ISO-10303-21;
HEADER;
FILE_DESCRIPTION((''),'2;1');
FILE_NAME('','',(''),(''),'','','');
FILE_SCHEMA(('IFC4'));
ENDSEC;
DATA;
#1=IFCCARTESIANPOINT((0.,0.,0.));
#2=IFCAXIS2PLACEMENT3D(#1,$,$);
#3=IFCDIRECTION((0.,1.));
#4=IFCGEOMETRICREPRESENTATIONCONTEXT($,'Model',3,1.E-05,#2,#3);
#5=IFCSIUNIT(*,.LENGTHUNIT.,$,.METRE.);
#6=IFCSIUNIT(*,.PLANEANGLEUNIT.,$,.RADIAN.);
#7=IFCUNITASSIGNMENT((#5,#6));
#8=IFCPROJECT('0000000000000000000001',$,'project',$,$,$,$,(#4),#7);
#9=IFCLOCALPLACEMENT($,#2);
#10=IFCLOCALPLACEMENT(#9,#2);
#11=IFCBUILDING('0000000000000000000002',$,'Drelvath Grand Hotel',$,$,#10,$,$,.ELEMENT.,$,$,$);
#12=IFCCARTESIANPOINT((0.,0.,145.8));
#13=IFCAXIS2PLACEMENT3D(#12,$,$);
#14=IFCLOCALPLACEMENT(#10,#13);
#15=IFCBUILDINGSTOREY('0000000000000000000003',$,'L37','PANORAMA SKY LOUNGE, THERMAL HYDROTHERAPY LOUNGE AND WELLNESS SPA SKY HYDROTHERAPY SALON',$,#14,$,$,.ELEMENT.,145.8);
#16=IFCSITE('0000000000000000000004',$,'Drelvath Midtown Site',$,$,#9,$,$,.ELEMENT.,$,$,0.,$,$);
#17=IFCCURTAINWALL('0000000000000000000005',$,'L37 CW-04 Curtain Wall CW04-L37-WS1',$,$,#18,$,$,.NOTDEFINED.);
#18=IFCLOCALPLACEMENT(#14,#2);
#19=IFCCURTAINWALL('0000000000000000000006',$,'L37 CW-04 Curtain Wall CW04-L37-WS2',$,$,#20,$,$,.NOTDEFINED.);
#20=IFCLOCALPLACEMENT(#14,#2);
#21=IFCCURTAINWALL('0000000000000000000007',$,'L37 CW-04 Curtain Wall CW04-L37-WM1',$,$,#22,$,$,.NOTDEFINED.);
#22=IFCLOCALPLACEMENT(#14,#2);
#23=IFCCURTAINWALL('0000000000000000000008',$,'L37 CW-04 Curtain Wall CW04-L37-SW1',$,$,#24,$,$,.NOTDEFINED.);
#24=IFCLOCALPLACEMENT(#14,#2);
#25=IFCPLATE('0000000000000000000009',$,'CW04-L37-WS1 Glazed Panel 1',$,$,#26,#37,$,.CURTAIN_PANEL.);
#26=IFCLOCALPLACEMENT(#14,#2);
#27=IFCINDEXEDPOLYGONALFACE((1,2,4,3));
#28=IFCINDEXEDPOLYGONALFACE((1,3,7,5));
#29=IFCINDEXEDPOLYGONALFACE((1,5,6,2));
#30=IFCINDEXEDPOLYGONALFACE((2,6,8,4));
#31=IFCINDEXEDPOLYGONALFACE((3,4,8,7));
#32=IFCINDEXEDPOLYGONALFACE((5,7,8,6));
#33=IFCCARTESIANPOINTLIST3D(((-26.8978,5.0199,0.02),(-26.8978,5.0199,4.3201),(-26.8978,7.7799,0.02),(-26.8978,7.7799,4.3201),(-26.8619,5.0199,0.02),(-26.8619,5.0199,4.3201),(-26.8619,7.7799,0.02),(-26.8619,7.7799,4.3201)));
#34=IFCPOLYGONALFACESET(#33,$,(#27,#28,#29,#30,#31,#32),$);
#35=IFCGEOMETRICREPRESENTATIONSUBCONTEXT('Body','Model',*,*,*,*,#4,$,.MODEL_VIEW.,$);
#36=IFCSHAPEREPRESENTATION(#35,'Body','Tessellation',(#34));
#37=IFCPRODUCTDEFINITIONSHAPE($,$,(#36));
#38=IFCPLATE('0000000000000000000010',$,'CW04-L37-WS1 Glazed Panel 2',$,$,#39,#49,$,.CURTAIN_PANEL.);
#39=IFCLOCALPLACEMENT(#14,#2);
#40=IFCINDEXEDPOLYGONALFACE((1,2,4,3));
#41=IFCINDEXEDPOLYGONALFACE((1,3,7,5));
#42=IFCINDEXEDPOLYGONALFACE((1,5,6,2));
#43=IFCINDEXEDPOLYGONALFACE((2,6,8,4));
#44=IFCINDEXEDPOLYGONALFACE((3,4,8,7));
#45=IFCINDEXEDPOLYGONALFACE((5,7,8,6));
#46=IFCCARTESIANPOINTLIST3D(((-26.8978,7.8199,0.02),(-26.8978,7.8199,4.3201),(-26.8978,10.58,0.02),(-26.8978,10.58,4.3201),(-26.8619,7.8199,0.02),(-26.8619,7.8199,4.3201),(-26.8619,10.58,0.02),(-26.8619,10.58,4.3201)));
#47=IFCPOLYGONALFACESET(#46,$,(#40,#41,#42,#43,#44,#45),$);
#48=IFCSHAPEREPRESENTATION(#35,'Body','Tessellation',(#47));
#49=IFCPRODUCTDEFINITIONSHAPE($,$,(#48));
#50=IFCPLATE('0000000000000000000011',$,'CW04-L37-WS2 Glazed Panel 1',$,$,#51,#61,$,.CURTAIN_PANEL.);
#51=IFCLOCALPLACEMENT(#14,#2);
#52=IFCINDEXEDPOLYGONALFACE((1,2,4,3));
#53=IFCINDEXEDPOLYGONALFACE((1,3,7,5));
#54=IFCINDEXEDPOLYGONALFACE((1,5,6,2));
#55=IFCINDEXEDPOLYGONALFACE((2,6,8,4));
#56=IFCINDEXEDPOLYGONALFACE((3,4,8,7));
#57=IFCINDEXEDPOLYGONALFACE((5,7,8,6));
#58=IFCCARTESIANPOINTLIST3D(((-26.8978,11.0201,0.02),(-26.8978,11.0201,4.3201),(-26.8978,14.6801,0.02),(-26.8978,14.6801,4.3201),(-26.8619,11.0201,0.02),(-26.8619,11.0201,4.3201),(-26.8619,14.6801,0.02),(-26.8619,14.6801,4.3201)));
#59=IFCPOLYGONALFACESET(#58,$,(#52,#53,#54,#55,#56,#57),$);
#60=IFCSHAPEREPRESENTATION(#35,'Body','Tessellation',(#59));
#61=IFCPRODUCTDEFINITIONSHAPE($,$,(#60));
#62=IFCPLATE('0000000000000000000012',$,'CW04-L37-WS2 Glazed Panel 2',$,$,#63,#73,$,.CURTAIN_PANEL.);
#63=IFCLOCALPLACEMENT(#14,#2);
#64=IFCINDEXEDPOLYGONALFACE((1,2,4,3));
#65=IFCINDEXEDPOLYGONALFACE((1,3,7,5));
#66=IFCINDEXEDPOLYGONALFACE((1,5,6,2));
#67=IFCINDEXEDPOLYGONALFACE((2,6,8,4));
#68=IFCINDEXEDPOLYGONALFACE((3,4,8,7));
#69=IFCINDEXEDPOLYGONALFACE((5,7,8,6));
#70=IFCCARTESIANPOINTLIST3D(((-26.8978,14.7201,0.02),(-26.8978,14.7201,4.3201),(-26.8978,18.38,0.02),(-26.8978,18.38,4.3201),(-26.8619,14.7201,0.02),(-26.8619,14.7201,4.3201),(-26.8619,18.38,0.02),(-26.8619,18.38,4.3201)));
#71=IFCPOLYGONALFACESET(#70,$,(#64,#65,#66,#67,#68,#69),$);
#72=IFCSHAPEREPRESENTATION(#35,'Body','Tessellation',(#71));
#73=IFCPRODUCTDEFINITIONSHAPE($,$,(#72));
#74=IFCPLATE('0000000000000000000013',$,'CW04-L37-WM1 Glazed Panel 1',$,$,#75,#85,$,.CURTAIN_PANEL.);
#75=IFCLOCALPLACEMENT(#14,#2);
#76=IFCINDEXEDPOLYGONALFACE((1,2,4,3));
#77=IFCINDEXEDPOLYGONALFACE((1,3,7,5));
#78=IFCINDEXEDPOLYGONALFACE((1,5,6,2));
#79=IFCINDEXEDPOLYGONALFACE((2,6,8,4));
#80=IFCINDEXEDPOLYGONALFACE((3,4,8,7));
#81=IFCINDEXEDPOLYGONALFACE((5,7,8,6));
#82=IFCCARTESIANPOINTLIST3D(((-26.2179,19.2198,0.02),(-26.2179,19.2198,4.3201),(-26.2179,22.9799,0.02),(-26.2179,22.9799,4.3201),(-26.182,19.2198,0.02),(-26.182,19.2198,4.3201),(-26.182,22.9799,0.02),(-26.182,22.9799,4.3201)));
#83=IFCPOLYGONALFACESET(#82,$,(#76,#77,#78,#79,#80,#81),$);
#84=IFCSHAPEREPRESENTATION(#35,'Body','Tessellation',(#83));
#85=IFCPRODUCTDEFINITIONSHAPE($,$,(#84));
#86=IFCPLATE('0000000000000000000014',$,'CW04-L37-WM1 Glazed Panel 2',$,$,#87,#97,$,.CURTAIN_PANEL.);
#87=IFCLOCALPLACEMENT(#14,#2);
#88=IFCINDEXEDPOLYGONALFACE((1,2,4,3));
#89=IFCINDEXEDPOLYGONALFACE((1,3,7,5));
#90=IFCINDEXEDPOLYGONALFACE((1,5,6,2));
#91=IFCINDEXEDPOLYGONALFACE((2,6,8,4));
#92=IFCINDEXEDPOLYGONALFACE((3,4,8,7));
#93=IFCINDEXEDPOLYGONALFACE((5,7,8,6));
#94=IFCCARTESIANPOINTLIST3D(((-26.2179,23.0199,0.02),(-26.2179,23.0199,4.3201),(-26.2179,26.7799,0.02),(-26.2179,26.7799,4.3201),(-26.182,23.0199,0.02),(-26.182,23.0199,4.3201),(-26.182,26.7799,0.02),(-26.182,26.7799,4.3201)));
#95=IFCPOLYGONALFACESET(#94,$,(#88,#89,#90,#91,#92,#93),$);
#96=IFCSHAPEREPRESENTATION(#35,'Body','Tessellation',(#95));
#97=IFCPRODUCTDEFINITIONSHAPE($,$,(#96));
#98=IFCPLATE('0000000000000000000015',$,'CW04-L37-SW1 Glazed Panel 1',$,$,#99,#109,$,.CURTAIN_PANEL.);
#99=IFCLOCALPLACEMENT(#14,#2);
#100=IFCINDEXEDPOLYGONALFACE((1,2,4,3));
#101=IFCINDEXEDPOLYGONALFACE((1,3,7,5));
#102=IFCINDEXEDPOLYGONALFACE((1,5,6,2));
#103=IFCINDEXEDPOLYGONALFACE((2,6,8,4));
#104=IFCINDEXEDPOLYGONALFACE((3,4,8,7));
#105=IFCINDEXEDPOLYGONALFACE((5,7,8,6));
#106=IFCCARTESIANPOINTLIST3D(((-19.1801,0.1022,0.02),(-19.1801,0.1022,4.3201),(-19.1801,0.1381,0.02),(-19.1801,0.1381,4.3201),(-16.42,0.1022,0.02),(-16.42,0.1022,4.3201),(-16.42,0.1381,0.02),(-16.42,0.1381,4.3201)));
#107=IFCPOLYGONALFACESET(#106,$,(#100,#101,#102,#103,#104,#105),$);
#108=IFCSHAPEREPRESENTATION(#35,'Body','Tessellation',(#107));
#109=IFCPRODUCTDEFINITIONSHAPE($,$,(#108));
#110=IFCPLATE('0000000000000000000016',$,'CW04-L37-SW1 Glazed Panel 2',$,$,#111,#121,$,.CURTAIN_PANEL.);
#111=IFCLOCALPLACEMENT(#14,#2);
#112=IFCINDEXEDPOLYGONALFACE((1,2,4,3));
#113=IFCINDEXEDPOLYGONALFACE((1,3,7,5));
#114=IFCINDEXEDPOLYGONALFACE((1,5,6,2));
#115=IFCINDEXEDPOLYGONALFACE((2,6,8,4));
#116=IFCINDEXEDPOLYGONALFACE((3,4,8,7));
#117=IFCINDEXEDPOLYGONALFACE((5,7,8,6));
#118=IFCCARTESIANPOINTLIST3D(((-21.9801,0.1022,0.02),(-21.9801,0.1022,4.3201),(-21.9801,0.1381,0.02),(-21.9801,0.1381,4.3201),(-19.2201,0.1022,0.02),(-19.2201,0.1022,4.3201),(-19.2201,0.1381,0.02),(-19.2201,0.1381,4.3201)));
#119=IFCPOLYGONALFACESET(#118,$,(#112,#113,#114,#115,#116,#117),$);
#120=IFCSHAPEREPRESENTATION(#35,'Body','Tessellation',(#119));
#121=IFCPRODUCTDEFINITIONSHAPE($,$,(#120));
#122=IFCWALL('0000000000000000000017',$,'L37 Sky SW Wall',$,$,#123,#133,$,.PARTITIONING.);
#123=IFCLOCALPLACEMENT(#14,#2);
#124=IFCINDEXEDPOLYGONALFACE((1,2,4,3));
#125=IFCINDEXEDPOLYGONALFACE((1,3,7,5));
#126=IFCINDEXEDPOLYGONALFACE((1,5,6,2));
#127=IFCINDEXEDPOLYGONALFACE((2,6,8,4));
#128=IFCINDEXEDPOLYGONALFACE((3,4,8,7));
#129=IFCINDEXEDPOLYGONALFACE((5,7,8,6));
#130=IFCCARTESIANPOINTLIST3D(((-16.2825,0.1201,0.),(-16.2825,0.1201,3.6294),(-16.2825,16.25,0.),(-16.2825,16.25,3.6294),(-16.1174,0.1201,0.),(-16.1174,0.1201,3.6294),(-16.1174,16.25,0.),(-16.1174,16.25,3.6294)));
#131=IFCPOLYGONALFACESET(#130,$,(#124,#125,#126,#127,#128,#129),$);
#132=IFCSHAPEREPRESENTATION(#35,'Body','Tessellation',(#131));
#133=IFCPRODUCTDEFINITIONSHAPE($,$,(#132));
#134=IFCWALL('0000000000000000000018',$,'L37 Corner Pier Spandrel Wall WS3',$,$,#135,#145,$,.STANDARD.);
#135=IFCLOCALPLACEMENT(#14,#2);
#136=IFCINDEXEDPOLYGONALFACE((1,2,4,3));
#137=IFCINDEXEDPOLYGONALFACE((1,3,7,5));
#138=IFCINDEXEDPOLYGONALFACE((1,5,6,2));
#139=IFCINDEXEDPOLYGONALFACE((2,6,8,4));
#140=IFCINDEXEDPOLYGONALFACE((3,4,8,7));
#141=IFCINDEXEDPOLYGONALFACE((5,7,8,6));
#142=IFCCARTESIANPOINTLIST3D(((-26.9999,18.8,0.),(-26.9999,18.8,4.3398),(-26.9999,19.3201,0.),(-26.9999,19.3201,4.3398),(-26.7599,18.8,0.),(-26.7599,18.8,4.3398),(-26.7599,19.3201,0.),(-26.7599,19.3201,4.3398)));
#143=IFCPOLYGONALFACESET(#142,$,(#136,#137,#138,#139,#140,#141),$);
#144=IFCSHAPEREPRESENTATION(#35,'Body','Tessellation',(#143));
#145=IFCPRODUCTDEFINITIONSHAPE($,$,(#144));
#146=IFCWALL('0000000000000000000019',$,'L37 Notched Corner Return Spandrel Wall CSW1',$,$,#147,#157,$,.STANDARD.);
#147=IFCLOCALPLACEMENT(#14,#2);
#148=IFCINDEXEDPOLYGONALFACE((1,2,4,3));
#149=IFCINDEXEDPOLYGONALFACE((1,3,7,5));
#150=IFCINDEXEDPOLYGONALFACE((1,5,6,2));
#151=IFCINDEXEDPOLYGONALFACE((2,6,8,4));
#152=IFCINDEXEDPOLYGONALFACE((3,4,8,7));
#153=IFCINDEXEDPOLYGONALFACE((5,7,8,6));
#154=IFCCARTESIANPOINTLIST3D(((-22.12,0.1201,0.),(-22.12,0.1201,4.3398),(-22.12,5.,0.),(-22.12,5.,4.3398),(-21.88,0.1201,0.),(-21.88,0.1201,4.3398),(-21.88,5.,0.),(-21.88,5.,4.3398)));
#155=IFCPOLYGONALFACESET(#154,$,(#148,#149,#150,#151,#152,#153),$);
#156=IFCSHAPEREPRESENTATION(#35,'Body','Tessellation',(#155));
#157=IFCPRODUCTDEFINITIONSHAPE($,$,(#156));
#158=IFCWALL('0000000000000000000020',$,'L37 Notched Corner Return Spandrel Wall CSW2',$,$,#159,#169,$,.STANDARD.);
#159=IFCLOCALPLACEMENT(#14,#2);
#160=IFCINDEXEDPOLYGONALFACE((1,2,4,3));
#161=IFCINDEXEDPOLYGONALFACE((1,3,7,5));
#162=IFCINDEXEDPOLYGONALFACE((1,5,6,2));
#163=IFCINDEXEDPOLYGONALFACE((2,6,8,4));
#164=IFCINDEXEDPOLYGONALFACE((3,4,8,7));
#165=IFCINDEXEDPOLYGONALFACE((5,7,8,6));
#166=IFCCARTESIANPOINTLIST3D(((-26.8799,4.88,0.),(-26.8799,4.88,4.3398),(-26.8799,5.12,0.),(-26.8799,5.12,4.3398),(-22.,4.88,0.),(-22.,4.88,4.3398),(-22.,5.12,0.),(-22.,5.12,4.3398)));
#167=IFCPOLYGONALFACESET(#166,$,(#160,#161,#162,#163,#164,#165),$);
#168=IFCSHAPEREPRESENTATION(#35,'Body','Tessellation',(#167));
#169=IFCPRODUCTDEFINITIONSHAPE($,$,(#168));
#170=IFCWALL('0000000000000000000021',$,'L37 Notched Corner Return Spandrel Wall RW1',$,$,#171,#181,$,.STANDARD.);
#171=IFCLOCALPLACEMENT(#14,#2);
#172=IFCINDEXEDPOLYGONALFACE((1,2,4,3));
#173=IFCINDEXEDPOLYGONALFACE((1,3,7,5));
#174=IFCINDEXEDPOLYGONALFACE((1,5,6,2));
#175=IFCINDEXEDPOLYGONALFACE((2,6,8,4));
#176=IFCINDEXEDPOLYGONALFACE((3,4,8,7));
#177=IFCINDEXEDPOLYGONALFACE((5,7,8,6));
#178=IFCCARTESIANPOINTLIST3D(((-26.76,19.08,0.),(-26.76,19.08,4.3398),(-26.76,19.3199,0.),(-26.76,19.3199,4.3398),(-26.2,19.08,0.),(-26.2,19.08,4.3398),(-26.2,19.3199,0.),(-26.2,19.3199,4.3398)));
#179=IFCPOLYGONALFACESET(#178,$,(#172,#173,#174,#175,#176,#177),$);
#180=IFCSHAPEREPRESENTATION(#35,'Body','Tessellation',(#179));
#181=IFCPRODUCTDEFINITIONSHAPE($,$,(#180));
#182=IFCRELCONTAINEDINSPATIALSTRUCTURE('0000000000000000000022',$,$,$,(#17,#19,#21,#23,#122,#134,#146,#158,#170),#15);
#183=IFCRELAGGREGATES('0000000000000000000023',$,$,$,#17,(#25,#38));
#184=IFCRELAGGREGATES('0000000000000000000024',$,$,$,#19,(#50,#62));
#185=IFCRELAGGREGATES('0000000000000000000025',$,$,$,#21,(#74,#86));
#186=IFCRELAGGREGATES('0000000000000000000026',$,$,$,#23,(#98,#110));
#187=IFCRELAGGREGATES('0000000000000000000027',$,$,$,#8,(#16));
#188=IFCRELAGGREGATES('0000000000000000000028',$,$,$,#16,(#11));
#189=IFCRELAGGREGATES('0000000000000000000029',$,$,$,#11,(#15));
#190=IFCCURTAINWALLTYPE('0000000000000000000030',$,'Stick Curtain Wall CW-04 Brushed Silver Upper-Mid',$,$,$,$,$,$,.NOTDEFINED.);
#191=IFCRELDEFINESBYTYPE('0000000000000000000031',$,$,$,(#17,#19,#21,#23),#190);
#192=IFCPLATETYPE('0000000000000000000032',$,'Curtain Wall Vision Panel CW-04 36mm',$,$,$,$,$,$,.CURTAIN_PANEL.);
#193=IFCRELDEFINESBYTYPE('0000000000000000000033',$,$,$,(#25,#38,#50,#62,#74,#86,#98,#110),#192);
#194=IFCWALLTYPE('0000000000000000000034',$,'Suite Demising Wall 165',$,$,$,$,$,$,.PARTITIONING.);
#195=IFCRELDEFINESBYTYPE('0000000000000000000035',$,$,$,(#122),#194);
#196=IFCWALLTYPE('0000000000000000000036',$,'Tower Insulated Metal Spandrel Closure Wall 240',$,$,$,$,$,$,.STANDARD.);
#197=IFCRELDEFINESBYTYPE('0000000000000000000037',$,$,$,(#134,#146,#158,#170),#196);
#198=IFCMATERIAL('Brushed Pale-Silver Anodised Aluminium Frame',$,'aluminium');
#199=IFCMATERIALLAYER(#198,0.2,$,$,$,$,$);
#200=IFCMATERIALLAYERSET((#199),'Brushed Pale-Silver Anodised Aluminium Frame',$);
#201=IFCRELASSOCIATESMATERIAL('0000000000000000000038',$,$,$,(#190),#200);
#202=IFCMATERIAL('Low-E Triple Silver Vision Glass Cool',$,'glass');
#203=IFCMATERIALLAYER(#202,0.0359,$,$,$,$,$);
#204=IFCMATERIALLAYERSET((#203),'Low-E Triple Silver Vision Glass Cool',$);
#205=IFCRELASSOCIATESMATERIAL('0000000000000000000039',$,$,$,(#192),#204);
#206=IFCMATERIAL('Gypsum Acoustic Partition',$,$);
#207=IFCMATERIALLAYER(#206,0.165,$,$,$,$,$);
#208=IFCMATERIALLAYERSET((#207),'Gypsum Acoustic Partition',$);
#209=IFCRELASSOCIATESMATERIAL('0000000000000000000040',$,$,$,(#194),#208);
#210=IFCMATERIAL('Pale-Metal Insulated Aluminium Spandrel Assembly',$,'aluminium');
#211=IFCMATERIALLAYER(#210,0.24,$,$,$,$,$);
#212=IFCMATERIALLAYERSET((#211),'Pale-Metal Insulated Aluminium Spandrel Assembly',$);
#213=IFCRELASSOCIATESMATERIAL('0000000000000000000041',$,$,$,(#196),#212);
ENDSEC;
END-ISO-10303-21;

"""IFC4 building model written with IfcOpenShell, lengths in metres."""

from ifc_helpers import new_model, si_unit, direction, frame, frame_2d, origin, origin_2d, place, context, subcontext, project, spatial, rectangle, extrude, material, layer, layer_set, type_object, element, aggregate, save


model = new_model("IFC4")

# Units and contexts
model_context = context("Model", 3, precision=1e-05, world=origin(), true_north=direction((0.0, 1.0)))
body_context = subcontext(model_context, "Body", "Model", "MODEL_VIEW")
ifc_project = project(units=[si_unit("LENGTHUNIT", "METRE"), si_unit("PLANEANGLEUNIT", "RADIAN")], contexts=[model_context])

# Site, building, storey
site_placement = place(None, origin())
site = spatial("IfcSite", under=ifc_project, at=site_placement, Name="Drelvath Midtown Site", CompositionType="ELEMENT", RefElevation=0.0)
building_placement = place(site_placement, origin())
building = spatial("IfcBuilding", under=site, at=building_placement, Name="Drelvath Grand Hotel", CompositionType="ELEMENT")
storey_placement = place(building_placement, frame((0.0, 0.0, 145.8)))
storey = spatial("IfcBuildingStorey", under=building, at=storey_placement, Name="L37", Description="PANORAMA SKY LOUNGE, THERMAL HYDROTHERAPY LOUNGE AND WELLNESS SPA SKY HYDROTHERAPY SALON", CompositionType="ELEMENT", Elevation=145.8)

# Curtain walls
ifc_material_1 = material(Name="Brushed Pale-Silver Anodised Aluminium Frame", Category="aluminium")
ifc_layer_1 = layer(ifc_material_1, 0.2)
ifc_layer_set_1 = layer_set([ifc_layer_1], Name="Brushed Pale-Silver Anodised Aluminium Frame")
curtain_wall_type = type_object("IfcCurtainWallType", Name="Stick Curtain Wall CW-04 Brushed Silver Upper-Mid", PredefinedType="NOTDEFINED", material=ifc_layer_set_1)
curtain_wall_1_placement = place(storey_placement, origin())
curtain_wall_1 = element("IfcCurtainWall", 1, at=curtain_wall_1_placement, inside=storey, type_object=curtain_wall_type, Name="L37 CW-04 Curtain Wall CW04-L37-WS1", PredefinedType="NOTDEFINED")
curtain_wall_2_placement = place(storey_placement, origin())
curtain_wall_2 = element("IfcCurtainWall", 2, at=curtain_wall_2_placement, inside=storey, type_object=curtain_wall_type, Name="L37 CW-04 Curtain Wall CW04-L37-WS2", PredefinedType="NOTDEFINED")
curtain_wall_3_placement = place(storey_placement, origin())
curtain_wall_3 = element("IfcCurtainWall", 3, at=curtain_wall_3_placement, inside=storey, type_object=curtain_wall_type, Name="L37 CW-04 Curtain Wall CW04-L37-WM1", PredefinedType="NOTDEFINED")
curtain_wall_4_placement = place(storey_placement, origin())
curtain_wall_4 = element("IfcCurtainWall", 4, at=curtain_wall_4_placement, inside=storey, type_object=curtain_wall_type, Name="L37 CW-04 Curtain Wall CW04-L37-SW1", PredefinedType="NOTDEFINED")

# Plates
ifc_material_2 = material(Name="Low-E Triple Silver Vision Glass Cool", Category="glass")
ifc_layer_2 = layer(ifc_material_2, 0.0359)
ifc_layer_set_2 = layer_set([ifc_layer_2], Name="Low-E Triple Silver Vision Glass Cool")
plate_type = type_object("IfcPlateType", Name="Curtain Wall Vision Panel CW-04 36mm", PredefinedType="CURTAIN_PANEL", material=ifc_layer_set_2)
plate_1_placement = place(storey_placement, frame((-26.8799, 6.3999, 0.02), z_axis=(0.0, 0.0, 1.0), x_axis=(0.0, 1.0, 0.0)))
plate_1 = element("IfcPlate", 5, at=plate_1_placement, type_object=plate_type, Name="CW04-L37-WS1 Glazed Panel 1", PredefinedType="CURTAIN_PANEL", context=body_context, shape_type="SweptSolid", body=[
    extrude(rectangle(XDim=2.76, YDim=0.0359, at=origin_2d()), origin(), (0.0, 0.0, 1.0), 4.3),
])
plate_2_placement = place(storey_placement, frame((-26.8799, 9.2, 0.02), z_axis=(0.0, 0.0, 1.0), x_axis=(0.0, 1.0, 0.0)))
plate_2 = element("IfcPlate", 6, at=plate_2_placement, type_object=plate_type, Name="CW04-L37-WS1 Glazed Panel 2", PredefinedType="CURTAIN_PANEL", context=body_context, shape_type="SweptSolid", body=[
    extrude(rectangle(XDim=2.76, YDim=0.0359, at=origin_2d()), origin(), (0.0, 0.0, 1.0), 4.3),
])
aggregate(curtain_wall_1, [plate_1, plate_2])
plate_3_placement = place(storey_placement, frame((-26.8799, 12.8501, 0.02), z_axis=(0.0, 0.0, 1.0), x_axis=(0.0, 1.0, 0.0)))
plate_3 = element("IfcPlate", 7, at=plate_3_placement, type_object=plate_type, Name="CW04-L37-WS2 Glazed Panel 1", PredefinedType="CURTAIN_PANEL", context=body_context, shape_type="SweptSolid", body=[
    extrude(rectangle(XDim=3.6599, YDim=0.0359, at=origin_2d()), origin(), (0.0, 0.0, 1.0), 4.3),
])
plate_4_placement = place(storey_placement, frame((-26.8799, 16.55, 0.02), z_axis=(0.0, 0.0, 1.0), x_axis=(0.0, 1.0, 0.0)))
plate_4 = element("IfcPlate", 8, at=plate_4_placement, type_object=plate_type, Name="CW04-L37-WS2 Glazed Panel 2", PredefinedType="CURTAIN_PANEL", context=body_context, shape_type="SweptSolid", body=[
    extrude(rectangle(XDim=3.6599, YDim=0.0359, at=origin_2d()), origin(), (0.0, 0.0, 1.0), 4.3),
])
aggregate(curtain_wall_2, [plate_3, plate_4])
plate_5_placement = place(storey_placement, frame((-26.2, 21.0999, 0.02), z_axis=(0.0, 0.0, 1.0), x_axis=(0.0, 1.0, 0.0)))
plate_5 = element("IfcPlate", 9, at=plate_5_placement, type_object=plate_type, Name="CW04-L37-WM1 Glazed Panel 1", PredefinedType="CURTAIN_PANEL", context=body_context, shape_type="SweptSolid", body=[
    extrude(rectangle(XDim=3.76, YDim=0.0359, at=origin_2d()), origin(), (0.0, 0.0, 1.0), 4.3),
])
plate_6_placement = place(storey_placement, frame((-26.2, 24.8999, 0.02), z_axis=(0.0, 0.0, 1.0), x_axis=(0.0, 1.0, 0.0)))
plate_6 = element("IfcPlate", 10, at=plate_6_placement, type_object=plate_type, Name="CW04-L37-WM1 Glazed Panel 2", PredefinedType="CURTAIN_PANEL", context=body_context, shape_type="SweptSolid", body=[
    extrude(rectangle(XDim=3.76, YDim=0.0359, at=origin_2d()), origin(), (0.0, 0.0, 1.0), 4.3),
])
aggregate(curtain_wall_3, [plate_5, plate_6])
plate_7_placement = place(storey_placement, frame((-17.8, 0.1201, 0.02), z_axis=(0.0, 0.0, 1.0), x_axis=(-1.0, 0.0, 0.0)))
plate_7 = element("IfcPlate", 11, at=plate_7_placement, type_object=plate_type, Name="CW04-L37-SW1 Glazed Panel 1", PredefinedType="CURTAIN_PANEL", context=body_context, shape_type="SweptSolid", body=[
    extrude(rectangle(XDim=2.76, YDim=0.0359, at=origin_2d()), origin(), (0.0, 0.0, 1.0), 4.3),
])
plate_8_placement = place(storey_placement, frame((-20.6001, 0.1201, 0.02), z_axis=(0.0, 0.0, 1.0), x_axis=(-1.0, 0.0, 0.0)))
plate_8 = element("IfcPlate", 12, at=plate_8_placement, type_object=plate_type, Name="CW04-L37-SW1 Glazed Panel 2", PredefinedType="CURTAIN_PANEL", context=body_context, shape_type="SweptSolid", body=[
    extrude(rectangle(XDim=2.76, YDim=0.0359, at=origin_2d()), origin(), (0.0, 0.0, 1.0), 4.3),
])
aggregate(curtain_wall_4, [plate_7, plate_8])

# Walls
ifc_material_3 = material(Name="Gypsum Acoustic Partition")
ifc_layer_3 = layer(ifc_material_3, 0.165)
ifc_layer_set_3 = layer_set([ifc_layer_3], Name="Gypsum Acoustic Partition")
wall_type_1 = type_object("IfcWallType", Name="Suite Demising Wall 165", PredefinedType="PARTITIONING", material=ifc_layer_set_3)
wall_1_placement = place(storey_placement, frame((-16.2, 0.1201, 0.0), z_axis=(0.0, 0.0, 1.0), x_axis=(0.0, 1.0, 0.0)))
element("IfcWall", 13, at=wall_1_placement, inside=storey, type_object=wall_type_1, Name="L37 Sky SW Wall", PredefinedType="PARTITIONING", context=body_context, shape_type="SweptSolid", body=[
    extrude(rectangle(XDim=16.1299, YDim=0.165, at=frame_2d((8.0649, 0.0))), origin(), (0.0, 0.0, 1.0), 3.6294),
])
ifc_material_4 = material(Name="Pale-Metal Insulated Aluminium Spandrel Assembly", Category="aluminium")
ifc_layer_4 = layer(ifc_material_4, 0.24)
ifc_layer_set_4 = layer_set([ifc_layer_4], Name="Pale-Metal Insulated Aluminium Spandrel Assembly")
wall_type_2 = type_object("IfcWallType", Name="Tower Insulated Metal Spandrel Closure Wall 240", PredefinedType="STANDARD", material=ifc_layer_set_4)
wall_2_placement = place(storey_placement, frame((-26.8799, 18.8, 0.0), z_axis=(0.0, 0.0, 1.0), x_axis=(0.0, 1.0, 0.0)))
element("IfcWall", 14, at=wall_2_placement, inside=storey, type_object=wall_type_2, Name="L37 Corner Pier Spandrel Wall WS3", PredefinedType="STANDARD", context=body_context, shape_type="SweptSolid", body=[
    extrude(rectangle(XDim=0.52, YDim=0.24, at=frame_2d((0.26, 0.0))), origin(), (0.0, 0.0, 1.0), 4.3398),
])
for number, where, z_axis, x_axis, name in (
    (15, (-22.0, 0.1201, 0.0), (0.0, 0.0, 1.0), (0.0, 1.0, 0.0), "L37 Notched Corner Return Spandrel Wall CSW1"),
    (16, (-22.0, 5.0, 0.0), (0.0, 0.0, 1.0), (-1.0, 0.0, 0.0), "L37 Notched Corner Return Spandrel Wall CSW2"),
):
    element("IfcWall", number, at=place(storey_placement, frame(where, z_axis=z_axis, x_axis=x_axis)), inside=storey, type_object=wall_type_2, Name=name, PredefinedType="STANDARD", context=body_context, shape_type="SweptSolid", body=[
        extrude(rectangle(XDim=4.8799, YDim=0.24, at=frame_2d((2.4399, 0.0))), origin(), (0.0, 0.0, 1.0), 4.3398),
    ])
wall_3_placement = place(storey_placement, frame((-26.76, 19.2, 0.0), z_axis=(0.0, 0.0, 1.0), x_axis=(1.0, 0.0, 0.0)))
element("IfcWall", 17, at=wall_3_placement, inside=storey, type_object=wall_type_2, Name="L37 Notched Corner Return Spandrel Wall RW1", PredefinedType="STANDARD", context=body_context, shape_type="SweptSolid", body=[
    extrude(rectangle(XDim=0.5601, YDim=0.24, at=frame_2d((0.28, 0.0))), origin(), (0.0, 0.0, 1.0), 4.3398),
])

save(model, "model.ifc")
